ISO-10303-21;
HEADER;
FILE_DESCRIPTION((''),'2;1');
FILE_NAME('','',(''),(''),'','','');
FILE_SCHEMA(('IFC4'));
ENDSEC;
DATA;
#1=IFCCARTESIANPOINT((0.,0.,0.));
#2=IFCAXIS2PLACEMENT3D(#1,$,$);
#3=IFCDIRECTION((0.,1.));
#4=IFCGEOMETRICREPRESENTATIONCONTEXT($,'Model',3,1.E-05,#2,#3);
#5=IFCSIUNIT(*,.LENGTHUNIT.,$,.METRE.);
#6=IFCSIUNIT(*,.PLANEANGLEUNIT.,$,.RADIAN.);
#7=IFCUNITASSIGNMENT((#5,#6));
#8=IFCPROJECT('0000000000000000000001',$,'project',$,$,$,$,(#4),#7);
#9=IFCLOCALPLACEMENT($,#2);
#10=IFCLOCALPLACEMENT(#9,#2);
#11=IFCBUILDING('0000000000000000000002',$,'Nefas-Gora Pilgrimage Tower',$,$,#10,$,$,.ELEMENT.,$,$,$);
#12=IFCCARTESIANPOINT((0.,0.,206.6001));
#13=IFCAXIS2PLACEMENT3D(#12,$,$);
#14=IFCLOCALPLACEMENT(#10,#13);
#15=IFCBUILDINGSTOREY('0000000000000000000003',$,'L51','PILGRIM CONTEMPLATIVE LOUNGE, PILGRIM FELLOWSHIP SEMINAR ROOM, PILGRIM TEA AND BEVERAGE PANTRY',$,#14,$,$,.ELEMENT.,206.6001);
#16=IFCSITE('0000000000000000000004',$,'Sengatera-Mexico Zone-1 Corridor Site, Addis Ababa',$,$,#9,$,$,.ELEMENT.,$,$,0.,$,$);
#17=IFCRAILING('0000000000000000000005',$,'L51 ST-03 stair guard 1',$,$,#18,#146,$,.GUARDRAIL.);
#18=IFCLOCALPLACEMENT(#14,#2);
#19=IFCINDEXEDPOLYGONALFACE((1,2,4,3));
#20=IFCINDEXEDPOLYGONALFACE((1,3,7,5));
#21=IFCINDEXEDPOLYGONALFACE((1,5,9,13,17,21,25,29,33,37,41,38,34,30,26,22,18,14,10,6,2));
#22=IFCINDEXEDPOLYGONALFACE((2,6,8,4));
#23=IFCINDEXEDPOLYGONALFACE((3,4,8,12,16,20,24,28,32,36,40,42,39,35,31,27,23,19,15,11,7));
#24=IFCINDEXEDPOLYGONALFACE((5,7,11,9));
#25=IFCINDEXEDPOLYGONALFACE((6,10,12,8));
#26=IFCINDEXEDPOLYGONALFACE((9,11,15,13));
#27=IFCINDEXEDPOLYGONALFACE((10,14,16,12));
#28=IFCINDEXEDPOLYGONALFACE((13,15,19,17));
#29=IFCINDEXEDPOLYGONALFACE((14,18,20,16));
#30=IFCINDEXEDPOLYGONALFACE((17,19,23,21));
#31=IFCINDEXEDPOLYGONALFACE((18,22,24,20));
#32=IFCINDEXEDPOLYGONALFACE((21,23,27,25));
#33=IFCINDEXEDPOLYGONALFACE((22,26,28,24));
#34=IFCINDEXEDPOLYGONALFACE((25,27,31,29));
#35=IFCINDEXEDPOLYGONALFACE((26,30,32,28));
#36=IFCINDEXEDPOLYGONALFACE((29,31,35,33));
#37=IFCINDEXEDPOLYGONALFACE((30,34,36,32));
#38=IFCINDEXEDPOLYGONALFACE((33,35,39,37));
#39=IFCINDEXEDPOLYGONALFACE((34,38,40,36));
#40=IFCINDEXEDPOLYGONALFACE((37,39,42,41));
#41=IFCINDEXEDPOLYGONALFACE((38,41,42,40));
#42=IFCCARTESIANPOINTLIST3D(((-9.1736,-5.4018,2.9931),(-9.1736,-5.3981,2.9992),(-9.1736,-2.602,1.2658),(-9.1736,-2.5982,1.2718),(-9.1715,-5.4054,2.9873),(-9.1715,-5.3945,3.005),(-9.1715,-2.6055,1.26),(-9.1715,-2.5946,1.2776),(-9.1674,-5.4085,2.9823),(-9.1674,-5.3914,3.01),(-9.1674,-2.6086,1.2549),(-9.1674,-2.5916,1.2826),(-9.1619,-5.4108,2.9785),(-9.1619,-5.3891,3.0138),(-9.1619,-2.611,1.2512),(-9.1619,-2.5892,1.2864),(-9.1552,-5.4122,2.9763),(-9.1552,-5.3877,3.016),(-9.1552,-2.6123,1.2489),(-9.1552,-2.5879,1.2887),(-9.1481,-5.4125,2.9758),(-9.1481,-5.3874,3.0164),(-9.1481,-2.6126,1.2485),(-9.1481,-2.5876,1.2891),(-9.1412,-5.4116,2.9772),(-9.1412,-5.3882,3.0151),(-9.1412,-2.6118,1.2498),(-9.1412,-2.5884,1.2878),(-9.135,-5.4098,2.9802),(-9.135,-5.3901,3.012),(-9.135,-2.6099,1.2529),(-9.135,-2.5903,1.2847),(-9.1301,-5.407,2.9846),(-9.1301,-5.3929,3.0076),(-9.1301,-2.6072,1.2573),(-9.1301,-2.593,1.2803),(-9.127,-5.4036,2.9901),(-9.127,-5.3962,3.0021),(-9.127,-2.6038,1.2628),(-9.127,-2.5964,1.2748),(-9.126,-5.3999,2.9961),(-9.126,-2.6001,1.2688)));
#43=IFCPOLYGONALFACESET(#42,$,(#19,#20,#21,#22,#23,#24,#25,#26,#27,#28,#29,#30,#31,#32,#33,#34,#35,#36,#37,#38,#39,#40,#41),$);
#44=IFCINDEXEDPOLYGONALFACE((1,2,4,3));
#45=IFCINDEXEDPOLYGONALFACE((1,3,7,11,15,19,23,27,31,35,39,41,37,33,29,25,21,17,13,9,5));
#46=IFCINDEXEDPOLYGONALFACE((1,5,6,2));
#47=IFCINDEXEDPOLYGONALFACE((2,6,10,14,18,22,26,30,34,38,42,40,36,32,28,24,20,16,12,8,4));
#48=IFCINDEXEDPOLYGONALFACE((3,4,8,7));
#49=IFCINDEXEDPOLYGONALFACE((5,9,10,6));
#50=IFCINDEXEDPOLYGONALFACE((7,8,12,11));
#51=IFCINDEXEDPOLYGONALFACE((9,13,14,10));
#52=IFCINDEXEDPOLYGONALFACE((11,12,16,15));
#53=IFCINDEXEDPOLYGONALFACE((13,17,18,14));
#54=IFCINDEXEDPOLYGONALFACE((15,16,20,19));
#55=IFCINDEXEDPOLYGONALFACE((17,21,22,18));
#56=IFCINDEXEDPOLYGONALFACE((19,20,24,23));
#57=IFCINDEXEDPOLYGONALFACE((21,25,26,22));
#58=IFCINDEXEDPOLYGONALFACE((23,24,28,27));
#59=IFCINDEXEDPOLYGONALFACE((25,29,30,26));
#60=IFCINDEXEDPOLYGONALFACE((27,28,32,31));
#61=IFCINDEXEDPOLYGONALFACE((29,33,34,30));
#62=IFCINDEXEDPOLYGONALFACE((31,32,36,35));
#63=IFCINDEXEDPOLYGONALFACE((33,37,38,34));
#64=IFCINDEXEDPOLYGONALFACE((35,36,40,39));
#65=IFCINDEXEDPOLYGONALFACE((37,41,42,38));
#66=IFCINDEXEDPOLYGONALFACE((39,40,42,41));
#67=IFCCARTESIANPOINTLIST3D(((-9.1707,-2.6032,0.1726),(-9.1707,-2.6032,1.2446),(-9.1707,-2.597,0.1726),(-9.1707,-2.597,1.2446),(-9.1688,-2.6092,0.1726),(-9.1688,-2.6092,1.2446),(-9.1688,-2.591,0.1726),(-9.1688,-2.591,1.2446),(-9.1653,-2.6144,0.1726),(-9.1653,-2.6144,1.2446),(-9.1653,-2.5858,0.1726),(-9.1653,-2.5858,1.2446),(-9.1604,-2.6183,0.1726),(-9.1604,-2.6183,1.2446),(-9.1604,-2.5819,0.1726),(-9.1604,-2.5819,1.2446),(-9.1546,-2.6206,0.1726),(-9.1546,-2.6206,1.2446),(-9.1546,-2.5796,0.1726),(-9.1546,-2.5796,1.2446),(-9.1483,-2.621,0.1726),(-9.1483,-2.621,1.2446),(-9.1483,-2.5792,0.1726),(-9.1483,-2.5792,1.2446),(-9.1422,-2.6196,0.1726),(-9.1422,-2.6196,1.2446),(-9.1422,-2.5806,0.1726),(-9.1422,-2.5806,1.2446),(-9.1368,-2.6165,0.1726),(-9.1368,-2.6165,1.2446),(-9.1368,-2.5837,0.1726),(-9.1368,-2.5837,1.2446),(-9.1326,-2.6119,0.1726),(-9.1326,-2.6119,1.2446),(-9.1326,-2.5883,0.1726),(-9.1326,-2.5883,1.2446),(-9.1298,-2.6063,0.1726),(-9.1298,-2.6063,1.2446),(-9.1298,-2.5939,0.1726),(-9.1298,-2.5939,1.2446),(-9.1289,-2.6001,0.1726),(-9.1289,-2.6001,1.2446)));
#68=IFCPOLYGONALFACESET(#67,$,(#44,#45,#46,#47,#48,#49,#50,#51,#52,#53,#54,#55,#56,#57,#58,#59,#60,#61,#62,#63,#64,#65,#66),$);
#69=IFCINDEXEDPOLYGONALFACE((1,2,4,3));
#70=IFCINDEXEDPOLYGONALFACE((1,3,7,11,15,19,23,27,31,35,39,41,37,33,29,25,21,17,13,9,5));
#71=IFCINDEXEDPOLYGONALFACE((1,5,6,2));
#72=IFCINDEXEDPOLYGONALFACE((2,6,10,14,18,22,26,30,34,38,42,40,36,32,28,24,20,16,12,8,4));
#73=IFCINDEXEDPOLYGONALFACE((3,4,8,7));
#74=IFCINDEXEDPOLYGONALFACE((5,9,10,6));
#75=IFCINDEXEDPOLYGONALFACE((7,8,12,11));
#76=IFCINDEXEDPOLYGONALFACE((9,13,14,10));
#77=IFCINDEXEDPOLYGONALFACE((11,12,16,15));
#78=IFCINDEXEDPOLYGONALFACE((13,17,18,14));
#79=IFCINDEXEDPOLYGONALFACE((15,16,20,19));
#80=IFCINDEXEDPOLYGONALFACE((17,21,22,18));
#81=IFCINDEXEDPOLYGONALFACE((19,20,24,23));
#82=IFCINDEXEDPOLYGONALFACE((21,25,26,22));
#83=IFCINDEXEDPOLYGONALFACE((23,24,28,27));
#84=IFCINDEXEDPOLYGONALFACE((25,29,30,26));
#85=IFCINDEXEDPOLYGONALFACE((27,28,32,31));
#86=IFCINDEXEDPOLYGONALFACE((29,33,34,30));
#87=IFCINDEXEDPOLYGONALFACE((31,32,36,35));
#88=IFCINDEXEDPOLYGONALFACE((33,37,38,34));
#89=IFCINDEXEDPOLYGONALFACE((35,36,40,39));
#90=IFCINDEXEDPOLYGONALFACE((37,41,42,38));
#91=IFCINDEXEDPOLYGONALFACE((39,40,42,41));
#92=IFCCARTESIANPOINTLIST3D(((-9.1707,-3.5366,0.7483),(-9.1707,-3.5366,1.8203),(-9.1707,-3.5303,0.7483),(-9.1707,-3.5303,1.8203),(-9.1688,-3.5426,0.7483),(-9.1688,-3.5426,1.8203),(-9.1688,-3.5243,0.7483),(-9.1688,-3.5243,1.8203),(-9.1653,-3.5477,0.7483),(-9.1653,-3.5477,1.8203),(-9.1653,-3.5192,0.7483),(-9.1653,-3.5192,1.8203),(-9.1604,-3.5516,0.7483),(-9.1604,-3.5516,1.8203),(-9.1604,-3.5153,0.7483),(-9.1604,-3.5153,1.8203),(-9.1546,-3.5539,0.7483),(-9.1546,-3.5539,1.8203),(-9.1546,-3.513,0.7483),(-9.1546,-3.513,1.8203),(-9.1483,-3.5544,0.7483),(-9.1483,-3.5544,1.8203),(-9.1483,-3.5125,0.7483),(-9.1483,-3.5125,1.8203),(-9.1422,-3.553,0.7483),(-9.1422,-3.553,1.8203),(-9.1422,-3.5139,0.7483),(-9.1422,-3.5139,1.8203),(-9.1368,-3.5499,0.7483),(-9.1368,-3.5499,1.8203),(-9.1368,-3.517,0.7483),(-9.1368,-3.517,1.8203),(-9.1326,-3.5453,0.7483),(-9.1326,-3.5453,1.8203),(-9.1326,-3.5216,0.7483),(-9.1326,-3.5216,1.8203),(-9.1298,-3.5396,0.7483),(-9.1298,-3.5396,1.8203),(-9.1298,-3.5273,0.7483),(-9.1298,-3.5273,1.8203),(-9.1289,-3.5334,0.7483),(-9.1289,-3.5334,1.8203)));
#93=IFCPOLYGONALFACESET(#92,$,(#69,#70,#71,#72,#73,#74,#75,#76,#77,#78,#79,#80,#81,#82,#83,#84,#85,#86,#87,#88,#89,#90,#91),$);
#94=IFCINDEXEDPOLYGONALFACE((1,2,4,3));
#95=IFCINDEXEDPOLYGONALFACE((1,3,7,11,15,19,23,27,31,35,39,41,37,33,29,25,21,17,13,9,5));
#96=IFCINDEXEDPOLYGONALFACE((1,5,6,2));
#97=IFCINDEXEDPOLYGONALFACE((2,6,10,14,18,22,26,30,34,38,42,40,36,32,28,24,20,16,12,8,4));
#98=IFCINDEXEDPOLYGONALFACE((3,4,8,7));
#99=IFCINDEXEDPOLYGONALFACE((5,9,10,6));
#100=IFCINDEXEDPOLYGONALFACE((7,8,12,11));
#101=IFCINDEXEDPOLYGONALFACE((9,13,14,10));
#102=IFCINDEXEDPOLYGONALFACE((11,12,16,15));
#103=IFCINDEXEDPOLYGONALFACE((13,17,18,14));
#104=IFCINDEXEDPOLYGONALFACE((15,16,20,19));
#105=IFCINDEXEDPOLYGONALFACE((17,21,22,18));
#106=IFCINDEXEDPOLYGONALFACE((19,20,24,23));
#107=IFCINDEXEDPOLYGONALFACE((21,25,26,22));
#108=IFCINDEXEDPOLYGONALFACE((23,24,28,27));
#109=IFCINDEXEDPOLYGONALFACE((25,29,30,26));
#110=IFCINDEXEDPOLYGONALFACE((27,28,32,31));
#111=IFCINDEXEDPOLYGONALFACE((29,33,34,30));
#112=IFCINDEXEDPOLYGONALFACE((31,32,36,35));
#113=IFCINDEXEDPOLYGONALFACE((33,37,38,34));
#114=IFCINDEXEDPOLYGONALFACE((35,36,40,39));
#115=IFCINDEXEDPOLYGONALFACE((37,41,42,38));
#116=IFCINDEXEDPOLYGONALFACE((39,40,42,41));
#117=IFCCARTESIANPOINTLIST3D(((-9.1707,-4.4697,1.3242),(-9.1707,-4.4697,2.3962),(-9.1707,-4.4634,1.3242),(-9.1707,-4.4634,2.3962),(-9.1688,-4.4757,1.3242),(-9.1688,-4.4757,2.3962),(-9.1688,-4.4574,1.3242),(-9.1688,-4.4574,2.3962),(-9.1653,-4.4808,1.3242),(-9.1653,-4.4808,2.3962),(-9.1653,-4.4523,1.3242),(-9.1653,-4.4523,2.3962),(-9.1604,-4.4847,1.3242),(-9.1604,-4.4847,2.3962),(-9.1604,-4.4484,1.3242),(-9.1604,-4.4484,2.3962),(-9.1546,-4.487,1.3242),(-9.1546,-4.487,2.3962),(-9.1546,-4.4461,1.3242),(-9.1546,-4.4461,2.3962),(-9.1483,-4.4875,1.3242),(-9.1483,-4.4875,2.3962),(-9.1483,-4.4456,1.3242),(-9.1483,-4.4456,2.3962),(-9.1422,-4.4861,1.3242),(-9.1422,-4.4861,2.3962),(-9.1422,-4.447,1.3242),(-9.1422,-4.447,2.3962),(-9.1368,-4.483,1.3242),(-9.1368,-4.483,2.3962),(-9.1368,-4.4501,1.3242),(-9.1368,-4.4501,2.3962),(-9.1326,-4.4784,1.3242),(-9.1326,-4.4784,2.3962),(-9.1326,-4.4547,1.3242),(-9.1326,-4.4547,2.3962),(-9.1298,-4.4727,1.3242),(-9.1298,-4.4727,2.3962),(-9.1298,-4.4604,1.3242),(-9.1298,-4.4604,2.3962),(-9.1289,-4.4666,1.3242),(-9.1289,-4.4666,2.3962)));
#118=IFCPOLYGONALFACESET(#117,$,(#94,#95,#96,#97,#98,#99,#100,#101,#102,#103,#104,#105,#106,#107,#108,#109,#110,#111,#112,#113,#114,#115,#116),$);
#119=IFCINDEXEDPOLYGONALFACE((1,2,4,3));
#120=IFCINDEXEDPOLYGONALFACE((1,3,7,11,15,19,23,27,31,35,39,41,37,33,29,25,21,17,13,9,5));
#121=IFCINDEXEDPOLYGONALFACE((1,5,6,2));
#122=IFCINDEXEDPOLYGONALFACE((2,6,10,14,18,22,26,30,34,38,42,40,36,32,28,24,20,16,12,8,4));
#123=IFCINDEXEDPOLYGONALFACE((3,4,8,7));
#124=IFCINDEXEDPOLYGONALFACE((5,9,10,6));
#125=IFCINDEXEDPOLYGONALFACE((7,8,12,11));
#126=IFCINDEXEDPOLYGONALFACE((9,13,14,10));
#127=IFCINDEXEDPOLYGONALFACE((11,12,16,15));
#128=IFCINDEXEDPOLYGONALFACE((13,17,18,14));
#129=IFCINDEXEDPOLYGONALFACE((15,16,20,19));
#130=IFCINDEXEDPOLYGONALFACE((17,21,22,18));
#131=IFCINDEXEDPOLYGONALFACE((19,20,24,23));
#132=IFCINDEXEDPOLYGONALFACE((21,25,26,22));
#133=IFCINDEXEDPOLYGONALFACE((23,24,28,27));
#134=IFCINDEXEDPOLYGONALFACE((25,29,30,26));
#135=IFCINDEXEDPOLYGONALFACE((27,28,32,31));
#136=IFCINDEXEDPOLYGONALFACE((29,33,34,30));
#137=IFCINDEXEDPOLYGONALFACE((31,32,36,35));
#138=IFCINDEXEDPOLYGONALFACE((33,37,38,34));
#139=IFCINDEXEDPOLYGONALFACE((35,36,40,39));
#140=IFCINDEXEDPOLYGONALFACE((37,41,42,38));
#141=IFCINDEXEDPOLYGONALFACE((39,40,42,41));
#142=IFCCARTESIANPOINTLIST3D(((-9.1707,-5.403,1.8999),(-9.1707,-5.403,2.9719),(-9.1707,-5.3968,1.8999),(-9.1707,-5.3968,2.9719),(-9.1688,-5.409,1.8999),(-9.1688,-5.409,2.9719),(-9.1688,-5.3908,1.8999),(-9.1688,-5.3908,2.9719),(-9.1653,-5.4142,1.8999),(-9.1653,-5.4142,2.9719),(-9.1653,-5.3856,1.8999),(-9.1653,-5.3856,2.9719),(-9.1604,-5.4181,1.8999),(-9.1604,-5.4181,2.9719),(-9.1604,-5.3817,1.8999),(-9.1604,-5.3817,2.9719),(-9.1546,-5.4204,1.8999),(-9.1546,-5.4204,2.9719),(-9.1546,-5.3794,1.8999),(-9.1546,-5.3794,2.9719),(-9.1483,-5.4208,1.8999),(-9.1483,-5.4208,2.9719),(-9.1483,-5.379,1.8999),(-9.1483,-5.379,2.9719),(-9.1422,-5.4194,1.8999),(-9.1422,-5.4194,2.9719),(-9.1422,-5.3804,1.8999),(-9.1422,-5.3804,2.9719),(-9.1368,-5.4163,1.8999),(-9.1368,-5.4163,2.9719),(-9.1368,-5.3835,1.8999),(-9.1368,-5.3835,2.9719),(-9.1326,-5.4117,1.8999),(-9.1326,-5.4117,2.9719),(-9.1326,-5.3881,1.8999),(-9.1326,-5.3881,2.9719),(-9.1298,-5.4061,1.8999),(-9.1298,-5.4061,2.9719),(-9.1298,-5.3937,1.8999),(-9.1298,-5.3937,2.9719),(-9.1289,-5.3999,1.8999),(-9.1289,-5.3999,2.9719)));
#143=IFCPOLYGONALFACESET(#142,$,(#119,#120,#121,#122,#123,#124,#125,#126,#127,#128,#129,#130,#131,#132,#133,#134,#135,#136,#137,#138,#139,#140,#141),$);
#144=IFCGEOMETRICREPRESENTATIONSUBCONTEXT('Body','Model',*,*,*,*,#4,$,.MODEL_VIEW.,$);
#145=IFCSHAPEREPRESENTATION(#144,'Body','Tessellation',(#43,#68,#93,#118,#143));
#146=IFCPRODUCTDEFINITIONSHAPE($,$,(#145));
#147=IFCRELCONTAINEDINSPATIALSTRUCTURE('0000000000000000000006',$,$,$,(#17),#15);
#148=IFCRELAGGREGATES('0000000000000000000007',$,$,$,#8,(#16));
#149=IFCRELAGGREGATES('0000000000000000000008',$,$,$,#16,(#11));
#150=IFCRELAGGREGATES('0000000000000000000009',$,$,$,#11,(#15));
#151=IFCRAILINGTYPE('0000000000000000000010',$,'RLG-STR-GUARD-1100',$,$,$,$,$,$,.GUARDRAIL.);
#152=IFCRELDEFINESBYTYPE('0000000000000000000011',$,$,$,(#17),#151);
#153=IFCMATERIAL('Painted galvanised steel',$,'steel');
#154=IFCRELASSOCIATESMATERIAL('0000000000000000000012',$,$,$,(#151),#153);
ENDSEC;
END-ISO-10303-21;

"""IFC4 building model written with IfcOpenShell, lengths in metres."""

from ifc_helpers import new_model, si_unit, direction, frame, origin, origin_2d, place, context, subcontext, project, spatial, circle, extrude, material, type_object, element, save


model = new_model("IFC4")

# Units and contexts
model_context = context("Model", 3, precision=1e-05, world=origin(), true_north=direction((0.0, 1.0)))
body_context = subcontext(model_context, "Body", "Model", "MODEL_VIEW")
ifc_project = project(units=[si_unit("LENGTHUNIT", "METRE"), si_unit("PLANEANGLEUNIT", "RADIAN")], contexts=[model_context])

# Site, building, storey
site_placement = place(None, origin())
site = spatial("IfcSite", under=ifc_project, at=site_placement, Name="Sengatera-Mexico Zone-1 Corridor Site, Addis Ababa", CompositionType="ELEMENT", RefElevation=0.0)
building_placement = place(site_placement, origin())
building = spatial("IfcBuilding", under=site, at=building_placement, Name="Nefas-Gora Pilgrimage Tower", CompositionType="ELEMENT")
storey_placement = place(building_placement, frame((0.0, 0.0, 206.6001)))
storey = spatial("IfcBuildingStorey", under=building, at=storey_placement, Name="L51", Description="PILGRIM CONTEMPLATIVE LOUNGE, PILGRIM FELLOWSHIP SEMINAR ROOM, PILGRIM TEA AND BEVERAGE PANTRY", CompositionType="ELEMENT", Elevation=206.6001)

# Railing
ifc_material_1 = material(Name="Painted galvanised steel", Category="steel")
railing_type_1 = type_object("IfcRailingType", Name="RLG-STR-GUARD-1100", PredefinedType="GUARDRAIL", material=ifc_material_1)
railing_1_placement = place(storey_placement, frame((-9.1499, -2.6001, 0.1726)))
element("IfcRailing", 1, at=railing_1_placement, inside=storey, type_object=railing_type_1, Name="L51 ST-03 stair guard 1", PredefinedType="GUARDRAIL", context=body_context, shape_type="SweptSolid", body=[
    extrude(circle(Radius=0.0239, at=origin_2d()), frame((0.0, 0.0, 1.0962), z_axis=(0.0, -0.851069, 0.525054), x_axis=(1.0, 0.0, 0.0)), (0.0, 0.0, 1.0), 3.2898),
    extrude(circle(Radius=0.021, at=origin_2d()), origin(), (0.0, 0.0, 1.0), 1.072),
    extrude(circle(Radius=0.021, at=origin_2d()), frame((0.0, -0.9333, 0.5757)), (0.0, 0.0, 1.0), 1.072),
    extrude(circle(Radius=0.021, at=origin_2d()), frame((0.0, -1.8665, 1.1516)), (0.0, 0.0, 1.0), 1.072),
    extrude(circle(Radius=0.021, at=origin_2d()), frame((0.0, -2.7998, 1.7273)), (0.0, 0.0, 1.0), 1.072),
])

save(model, "model.ifc")
